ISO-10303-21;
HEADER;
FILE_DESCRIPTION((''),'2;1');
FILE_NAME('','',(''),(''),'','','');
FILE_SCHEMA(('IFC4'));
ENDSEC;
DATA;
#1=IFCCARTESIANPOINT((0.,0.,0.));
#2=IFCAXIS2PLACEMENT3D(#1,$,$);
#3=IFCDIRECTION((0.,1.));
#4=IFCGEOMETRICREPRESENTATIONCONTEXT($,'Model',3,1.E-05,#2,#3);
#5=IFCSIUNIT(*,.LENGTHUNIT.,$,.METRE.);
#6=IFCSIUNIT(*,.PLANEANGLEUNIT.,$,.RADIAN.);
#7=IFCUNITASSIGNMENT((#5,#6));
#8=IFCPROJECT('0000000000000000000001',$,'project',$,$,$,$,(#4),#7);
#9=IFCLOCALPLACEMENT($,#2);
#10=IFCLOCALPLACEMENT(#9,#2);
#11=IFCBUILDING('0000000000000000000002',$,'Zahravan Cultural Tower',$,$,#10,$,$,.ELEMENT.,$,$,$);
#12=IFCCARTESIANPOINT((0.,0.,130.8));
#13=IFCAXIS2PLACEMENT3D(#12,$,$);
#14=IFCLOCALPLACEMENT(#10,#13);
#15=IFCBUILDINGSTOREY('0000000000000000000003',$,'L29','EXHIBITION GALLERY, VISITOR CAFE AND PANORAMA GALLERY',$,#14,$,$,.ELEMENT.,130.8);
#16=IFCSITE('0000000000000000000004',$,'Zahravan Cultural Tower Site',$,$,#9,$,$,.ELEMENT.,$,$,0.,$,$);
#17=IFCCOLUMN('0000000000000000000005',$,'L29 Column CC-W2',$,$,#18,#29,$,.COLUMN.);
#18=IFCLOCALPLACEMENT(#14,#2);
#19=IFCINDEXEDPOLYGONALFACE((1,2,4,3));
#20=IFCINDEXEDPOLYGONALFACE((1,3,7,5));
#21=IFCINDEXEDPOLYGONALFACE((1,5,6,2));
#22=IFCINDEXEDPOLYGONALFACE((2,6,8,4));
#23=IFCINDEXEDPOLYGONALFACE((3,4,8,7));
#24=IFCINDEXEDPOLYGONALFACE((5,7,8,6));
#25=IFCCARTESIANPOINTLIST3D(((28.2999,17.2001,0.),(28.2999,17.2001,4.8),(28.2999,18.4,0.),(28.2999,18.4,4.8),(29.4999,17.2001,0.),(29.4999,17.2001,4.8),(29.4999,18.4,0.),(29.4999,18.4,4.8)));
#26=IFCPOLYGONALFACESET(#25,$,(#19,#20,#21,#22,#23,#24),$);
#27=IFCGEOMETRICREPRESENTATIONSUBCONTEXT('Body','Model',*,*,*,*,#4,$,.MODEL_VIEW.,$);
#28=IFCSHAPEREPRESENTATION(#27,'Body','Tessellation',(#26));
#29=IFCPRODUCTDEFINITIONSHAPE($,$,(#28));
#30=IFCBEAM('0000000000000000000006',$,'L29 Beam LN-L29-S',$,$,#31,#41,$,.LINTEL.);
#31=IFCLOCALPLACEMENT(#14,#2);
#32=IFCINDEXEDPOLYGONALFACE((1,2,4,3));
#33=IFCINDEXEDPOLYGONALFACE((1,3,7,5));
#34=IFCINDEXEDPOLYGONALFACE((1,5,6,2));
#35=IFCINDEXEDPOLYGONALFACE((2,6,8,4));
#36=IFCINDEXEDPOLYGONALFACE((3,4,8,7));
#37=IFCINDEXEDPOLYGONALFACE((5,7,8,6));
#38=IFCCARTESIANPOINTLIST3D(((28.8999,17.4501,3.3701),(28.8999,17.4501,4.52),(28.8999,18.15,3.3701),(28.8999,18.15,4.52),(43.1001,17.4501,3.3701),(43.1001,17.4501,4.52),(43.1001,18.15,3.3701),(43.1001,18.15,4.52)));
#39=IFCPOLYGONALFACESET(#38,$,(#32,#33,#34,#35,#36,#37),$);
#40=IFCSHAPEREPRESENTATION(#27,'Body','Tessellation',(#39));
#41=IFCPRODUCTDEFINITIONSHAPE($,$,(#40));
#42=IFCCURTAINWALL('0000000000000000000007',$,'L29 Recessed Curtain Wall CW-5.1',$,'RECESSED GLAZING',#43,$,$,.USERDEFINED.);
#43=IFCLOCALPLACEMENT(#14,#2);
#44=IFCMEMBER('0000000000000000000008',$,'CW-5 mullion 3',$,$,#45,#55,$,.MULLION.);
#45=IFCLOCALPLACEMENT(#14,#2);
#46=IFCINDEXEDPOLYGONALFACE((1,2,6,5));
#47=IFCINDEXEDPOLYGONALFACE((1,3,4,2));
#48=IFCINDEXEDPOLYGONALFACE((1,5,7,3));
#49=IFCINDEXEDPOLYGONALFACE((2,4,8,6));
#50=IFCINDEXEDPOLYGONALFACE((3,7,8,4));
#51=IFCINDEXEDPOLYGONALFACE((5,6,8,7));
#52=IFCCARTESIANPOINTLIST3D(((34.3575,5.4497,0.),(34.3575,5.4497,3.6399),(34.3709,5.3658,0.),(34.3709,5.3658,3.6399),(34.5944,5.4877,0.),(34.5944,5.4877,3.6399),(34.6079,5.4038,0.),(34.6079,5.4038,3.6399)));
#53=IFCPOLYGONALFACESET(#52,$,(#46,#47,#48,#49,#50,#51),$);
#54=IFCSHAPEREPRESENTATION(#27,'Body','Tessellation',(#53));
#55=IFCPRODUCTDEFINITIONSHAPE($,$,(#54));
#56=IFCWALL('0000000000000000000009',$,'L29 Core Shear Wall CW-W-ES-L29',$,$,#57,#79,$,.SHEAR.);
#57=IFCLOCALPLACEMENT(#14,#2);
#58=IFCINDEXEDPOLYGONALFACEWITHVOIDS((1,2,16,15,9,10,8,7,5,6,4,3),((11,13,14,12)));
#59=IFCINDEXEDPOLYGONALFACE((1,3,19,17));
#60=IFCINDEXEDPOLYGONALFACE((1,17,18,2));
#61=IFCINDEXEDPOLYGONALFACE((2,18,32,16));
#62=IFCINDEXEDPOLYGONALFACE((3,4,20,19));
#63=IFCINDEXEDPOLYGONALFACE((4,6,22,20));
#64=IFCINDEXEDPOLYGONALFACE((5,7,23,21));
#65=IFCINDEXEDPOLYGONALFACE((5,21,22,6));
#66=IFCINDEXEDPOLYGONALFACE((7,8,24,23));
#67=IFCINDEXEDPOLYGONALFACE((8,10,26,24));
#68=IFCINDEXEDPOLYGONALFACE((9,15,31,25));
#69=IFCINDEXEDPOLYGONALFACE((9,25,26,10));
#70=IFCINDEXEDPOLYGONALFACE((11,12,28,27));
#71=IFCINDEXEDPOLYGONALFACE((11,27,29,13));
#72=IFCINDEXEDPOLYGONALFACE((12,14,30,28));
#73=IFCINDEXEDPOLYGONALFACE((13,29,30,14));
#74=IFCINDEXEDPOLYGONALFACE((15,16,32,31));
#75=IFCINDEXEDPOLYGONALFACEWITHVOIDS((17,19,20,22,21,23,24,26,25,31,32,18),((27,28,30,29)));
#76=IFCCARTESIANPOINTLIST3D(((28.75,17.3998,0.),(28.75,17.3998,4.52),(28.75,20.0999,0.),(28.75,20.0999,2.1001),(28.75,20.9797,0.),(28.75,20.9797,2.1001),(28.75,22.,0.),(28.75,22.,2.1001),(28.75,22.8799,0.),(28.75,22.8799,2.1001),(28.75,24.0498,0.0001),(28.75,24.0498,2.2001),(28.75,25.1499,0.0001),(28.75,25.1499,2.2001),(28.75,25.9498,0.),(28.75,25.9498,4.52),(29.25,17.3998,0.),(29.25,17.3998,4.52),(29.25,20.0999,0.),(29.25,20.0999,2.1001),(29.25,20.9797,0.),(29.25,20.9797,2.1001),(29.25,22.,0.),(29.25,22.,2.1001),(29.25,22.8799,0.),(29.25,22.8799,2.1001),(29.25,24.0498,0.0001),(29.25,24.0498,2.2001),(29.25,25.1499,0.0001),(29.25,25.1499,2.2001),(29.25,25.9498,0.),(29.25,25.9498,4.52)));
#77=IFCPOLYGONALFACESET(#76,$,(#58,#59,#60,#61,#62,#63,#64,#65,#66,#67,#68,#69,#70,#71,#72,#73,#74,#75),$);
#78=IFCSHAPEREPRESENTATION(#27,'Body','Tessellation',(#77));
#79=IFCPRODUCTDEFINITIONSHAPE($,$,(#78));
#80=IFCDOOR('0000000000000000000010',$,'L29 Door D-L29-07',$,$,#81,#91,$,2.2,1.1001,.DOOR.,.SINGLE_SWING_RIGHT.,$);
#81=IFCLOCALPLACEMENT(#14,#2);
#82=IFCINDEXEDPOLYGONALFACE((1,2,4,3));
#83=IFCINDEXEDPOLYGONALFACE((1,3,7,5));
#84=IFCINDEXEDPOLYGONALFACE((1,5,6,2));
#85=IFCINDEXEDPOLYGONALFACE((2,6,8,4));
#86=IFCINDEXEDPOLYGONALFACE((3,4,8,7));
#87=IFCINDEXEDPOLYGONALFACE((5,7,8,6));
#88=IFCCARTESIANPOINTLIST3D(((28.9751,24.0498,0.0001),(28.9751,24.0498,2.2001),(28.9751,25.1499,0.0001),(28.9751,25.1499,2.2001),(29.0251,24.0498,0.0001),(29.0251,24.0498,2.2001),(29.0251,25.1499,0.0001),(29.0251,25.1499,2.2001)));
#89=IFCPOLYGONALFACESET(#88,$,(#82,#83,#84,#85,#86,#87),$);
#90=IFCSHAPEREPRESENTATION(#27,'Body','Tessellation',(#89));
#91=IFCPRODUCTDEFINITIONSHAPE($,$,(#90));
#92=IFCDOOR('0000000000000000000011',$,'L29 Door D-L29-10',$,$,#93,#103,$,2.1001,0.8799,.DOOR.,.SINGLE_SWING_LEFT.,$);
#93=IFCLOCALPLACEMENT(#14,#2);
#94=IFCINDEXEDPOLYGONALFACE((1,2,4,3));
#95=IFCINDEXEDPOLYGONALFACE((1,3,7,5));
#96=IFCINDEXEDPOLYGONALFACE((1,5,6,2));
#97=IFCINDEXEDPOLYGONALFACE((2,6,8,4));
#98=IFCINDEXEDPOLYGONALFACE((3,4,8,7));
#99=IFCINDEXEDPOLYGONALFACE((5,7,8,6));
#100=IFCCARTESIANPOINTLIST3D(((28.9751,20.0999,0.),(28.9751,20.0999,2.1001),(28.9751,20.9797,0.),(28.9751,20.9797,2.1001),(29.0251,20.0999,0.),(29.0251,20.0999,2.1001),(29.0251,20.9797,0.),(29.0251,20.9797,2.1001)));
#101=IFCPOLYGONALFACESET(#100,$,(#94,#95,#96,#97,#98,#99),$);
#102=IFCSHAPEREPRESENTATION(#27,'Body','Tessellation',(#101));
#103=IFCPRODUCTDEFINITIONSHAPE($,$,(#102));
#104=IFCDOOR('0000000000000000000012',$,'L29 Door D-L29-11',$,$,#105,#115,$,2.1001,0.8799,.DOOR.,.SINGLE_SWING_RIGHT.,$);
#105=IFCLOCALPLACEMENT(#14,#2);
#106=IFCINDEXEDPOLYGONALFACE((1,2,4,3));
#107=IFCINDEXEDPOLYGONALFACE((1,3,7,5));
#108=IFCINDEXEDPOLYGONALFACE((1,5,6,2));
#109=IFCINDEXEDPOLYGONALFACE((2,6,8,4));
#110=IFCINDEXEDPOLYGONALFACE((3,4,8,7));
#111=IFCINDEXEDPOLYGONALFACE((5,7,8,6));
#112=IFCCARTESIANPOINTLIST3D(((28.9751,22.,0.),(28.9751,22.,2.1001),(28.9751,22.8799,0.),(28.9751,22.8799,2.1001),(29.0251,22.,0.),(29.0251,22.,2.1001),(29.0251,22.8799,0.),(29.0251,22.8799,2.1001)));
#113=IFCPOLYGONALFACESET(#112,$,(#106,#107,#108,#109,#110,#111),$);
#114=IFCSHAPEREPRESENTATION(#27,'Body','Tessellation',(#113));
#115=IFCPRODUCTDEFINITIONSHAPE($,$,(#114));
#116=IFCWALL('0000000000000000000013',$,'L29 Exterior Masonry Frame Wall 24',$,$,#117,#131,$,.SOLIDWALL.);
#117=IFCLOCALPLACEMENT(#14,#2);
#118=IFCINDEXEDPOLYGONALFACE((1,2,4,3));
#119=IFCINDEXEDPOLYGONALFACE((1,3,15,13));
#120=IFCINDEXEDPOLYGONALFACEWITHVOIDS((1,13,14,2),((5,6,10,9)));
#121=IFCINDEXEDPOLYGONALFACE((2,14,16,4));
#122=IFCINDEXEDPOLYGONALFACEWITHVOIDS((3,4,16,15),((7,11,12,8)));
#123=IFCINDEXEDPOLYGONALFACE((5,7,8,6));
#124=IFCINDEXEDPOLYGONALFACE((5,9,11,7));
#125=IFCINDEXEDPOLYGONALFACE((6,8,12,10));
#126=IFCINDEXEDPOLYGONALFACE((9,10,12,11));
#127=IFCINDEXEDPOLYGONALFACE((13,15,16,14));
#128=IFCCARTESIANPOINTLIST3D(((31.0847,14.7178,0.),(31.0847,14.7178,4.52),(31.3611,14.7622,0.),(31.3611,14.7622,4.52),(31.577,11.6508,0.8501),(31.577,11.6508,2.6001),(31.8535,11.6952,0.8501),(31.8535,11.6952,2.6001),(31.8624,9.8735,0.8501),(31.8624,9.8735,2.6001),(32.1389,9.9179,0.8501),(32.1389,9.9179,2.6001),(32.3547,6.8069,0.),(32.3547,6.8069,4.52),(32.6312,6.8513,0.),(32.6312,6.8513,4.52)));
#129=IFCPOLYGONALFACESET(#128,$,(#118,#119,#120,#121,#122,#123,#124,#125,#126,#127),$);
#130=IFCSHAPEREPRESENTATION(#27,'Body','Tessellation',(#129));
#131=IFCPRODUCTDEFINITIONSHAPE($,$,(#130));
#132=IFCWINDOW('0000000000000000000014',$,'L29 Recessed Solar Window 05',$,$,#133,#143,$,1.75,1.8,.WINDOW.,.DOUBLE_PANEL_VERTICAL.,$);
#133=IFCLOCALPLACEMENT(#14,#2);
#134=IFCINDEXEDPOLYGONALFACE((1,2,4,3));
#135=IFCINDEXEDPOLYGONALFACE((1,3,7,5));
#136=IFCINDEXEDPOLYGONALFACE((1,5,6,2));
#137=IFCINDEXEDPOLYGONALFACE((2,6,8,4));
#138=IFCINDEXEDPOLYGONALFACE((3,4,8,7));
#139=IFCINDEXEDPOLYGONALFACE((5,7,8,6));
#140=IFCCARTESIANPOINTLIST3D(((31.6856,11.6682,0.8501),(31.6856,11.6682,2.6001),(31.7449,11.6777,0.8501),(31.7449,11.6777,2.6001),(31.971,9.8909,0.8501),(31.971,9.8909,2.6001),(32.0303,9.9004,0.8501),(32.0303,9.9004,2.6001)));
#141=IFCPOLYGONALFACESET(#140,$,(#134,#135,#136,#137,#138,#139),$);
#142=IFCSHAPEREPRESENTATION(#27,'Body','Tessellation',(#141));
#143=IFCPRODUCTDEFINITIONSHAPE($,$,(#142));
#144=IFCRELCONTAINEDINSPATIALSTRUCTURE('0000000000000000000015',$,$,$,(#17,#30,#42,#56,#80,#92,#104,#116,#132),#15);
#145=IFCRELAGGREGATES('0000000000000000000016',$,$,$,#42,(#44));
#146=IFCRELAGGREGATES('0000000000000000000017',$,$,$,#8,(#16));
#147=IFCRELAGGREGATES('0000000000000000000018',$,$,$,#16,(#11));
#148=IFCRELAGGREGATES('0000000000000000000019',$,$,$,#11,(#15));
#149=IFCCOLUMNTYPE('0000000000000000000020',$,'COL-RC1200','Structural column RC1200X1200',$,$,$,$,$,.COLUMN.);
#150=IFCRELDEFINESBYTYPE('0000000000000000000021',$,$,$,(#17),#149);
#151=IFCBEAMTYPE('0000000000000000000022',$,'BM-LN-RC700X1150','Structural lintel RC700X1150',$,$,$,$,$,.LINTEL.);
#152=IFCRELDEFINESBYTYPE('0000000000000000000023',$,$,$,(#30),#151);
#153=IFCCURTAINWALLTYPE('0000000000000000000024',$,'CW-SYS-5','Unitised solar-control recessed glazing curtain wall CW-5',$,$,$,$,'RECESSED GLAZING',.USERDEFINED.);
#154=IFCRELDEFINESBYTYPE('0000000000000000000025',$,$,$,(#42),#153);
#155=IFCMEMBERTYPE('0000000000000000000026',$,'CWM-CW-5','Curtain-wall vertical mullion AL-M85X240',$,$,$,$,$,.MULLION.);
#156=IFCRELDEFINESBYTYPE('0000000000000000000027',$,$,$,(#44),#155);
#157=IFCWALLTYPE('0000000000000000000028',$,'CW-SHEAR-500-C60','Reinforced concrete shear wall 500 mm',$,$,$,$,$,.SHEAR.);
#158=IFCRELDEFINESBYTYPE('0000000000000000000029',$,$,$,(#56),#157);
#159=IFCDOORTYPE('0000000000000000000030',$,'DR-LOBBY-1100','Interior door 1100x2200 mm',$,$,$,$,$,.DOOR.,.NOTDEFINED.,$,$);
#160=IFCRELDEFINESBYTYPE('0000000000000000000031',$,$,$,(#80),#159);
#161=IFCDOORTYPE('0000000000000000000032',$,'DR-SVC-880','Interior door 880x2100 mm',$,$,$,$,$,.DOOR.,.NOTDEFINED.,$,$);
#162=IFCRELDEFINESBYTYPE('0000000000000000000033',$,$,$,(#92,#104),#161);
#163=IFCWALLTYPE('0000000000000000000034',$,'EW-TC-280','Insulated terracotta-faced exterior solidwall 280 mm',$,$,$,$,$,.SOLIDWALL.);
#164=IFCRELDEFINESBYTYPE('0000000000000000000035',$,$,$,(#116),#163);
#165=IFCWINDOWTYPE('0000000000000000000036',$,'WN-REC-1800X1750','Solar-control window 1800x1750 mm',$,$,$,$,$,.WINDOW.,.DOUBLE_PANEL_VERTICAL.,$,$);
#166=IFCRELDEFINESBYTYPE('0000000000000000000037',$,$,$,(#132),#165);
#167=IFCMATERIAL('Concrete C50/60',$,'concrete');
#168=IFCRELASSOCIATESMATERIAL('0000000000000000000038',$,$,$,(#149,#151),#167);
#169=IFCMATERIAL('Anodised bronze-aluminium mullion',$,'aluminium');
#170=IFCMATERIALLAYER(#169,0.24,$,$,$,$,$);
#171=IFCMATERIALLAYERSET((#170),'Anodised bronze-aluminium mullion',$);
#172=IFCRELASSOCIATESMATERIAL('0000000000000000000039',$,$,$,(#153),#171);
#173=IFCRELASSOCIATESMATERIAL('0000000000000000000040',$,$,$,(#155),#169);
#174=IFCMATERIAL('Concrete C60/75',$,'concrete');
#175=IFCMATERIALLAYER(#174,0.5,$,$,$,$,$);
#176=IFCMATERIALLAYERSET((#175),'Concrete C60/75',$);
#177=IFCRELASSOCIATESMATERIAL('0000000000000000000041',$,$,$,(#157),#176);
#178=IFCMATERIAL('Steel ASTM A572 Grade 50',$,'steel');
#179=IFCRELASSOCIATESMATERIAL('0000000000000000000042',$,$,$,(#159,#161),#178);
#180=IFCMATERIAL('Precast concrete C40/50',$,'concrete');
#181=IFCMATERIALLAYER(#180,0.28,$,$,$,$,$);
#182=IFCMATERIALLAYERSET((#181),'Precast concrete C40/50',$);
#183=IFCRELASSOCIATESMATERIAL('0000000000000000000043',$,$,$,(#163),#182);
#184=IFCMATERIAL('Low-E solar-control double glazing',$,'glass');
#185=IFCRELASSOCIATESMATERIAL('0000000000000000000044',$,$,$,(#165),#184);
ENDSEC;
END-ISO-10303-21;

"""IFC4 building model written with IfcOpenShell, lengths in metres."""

from ifc_helpers import new_model, si_unit, direction, frame, frame_2d, origin, origin_2d, place, context, subcontext, project, spatial, rectangle, extrude, source, transform, mapped, material, layer, layer_set, material_profile, profile_set, type_object, element, fill, aggregate, save


model = new_model("IFC4")

# Units and contexts
model_context = context("Model", 3, precision=1e-05, world=origin(), true_north=direction((0.0, 1.0)))
body_context = subcontext(model_context, "Body", "Model", "MODEL_VIEW")
ifc_project = project(units=[si_unit("LENGTHUNIT", "METRE"), si_unit("PLANEANGLEUNIT", "RADIAN")], contexts=[model_context])

# Site, building, storey
site_placement = place(None, origin())
site = spatial("IfcSite", under=ifc_project, at=site_placement, Name="Zahravan Cultural Tower Site", CompositionType="ELEMENT", RefElevation=0.0)
building_placement = place(site_placement, origin())
building = spatial("IfcBuilding", under=site, at=building_placement, Name="Zahravan Cultural Tower", CompositionType="ELEMENT")
storey_placement = place(building_placement, frame((0.0, 0.0, 130.8)))
storey = spatial("IfcBuildingStorey", under=building, at=storey_placement, Name="L29", Description="EXHIBITION GALLERY, VISITOR CAFE AND PANORAMA GALLERY", CompositionType="ELEMENT", Elevation=130.8)

# Column
ifc_material_1 = material(Name="Concrete C50/60", Category="concrete")
ifc_material_profile_1 = material_profile(ifc_material_1, rectangle(XDim=1.2, YDim=1.2, at=origin_2d()), Name="RC1200X1200")
ifc_profile_set_1 = profile_set([ifc_material_profile_1], Name="Concrete C50/60")
column_type = type_object("IfcColumnType", Name="COL-RC1200", Description="Structural column RC1200X1200", PredefinedType="COLUMN", material=ifc_profile_set_1)
shared_shape_1 = source(origin(), body_context, "Body", "SweptSolid", [
    extrude(rectangle(XDim=1.2, YDim=1.2, at=origin_2d()), origin(), (0.0, 0.0, 1.0), 4.8),
])
column_placement = place(storey_placement, frame((28.8999, 17.8, 0.0), z_axis=(0.0, 0.0, 1.0), x_axis=(1.0, 0.0, 0.0)))
element("IfcColumn", 1, at=column_placement, inside=storey, type_object=column_type, Name="L29 Column CC-W2", PredefinedType="COLUMN", context=body_context, shape_type="MappedRepresentation", body=[
    mapped(shared_shape_1, transform((0.0, 0.0, 0.0), x_axis=(1.0, 0.0, 0.0), y_axis=(0.0, 1.0, 0.0), z_axis=(0.0, 0.0, 1.0), scale=1.0)),
])

# Beam
ifc_material_profile_2 = material_profile(ifc_material_1, rectangle(XDim=0.7, YDim=1.1499, at=origin_2d()), Name="RC700X1150")
ifc_profile_set_2 = profile_set([ifc_material_profile_2], Name="Concrete C50/60")
beam_type = type_object("IfcBeamType", Name="BM-LN-RC700X1150", Description="Structural lintel RC700X1150", PredefinedType="LINTEL", material=ifc_profile_set_2)
shared_shape_2 = source(origin(), body_context, "Body", "SweptSolid", [
    extrude(rectangle(XDim=0.7, YDim=1.1499, at=origin_2d()), origin(), (0.0, 0.0, 1.0), 14.2002),
])
beam_placement = place(storey_placement, frame((28.8999, 17.8, 3.9451), z_axis=(1.0, 0.0, 0.0), x_axis=(0.0, 1.0, 0.0)))
element("IfcBeam", 2, at=beam_placement, inside=storey, type_object=beam_type, Name="L29 Beam LN-L29-S", PredefinedType="LINTEL", context=body_context, shape_type="MappedRepresentation", body=[
    mapped(shared_shape_2, transform((0.0, 0.0, 0.0), x_axis=(1.0, 0.0, 0.0), y_axis=(0.0, 1.0, 0.0), z_axis=(0.0, 0.0, 1.0), scale=1.0)),
])

# Curtain wall, member
ifc_material_2 = material(Name="Anodised bronze-aluminium mullion", Category="aluminium")
ifc_layer_1 = layer(ifc_material_2, 0.24)
ifc_layer_set_1 = layer_set([ifc_layer_1], Name="Anodised bronze-aluminium mullion")
curtain_wall_type = type_object("IfcCurtainWallType", Name="CW-SYS-5", Description="Unitised solar-control recessed glazing curtain wall CW-5", ElementType="RECESSED GLAZING", PredefinedType="USERDEFINED", material=ifc_layer_set_1)
curtain_wall_placement = place(storey_placement, origin())
curtain_wall = element("IfcCurtainWall", 3, at=curtain_wall_placement, inside=storey, type_object=curtain_wall_type, Name="L29 Recessed Curtain Wall CW-5.1", ObjectType="RECESSED GLAZING", PredefinedType="USERDEFINED")
ifc_material_profile_3 = material_profile(ifc_material_2, rectangle(XDim=0.085, YDim=0.24, at=origin_2d()), Name="AL-M85X240")
ifc_profile_set_3 = profile_set([ifc_material_profile_3], Name="Anodised bronze-aluminium mullion")
member_type = type_object("IfcMemberType", Name="CWM-CW-5", Description="Curtain-wall vertical mullion AL-M85X240", PredefinedType="MULLION", material=ifc_profile_set_3)
shared_shape_3 = source(origin(), body_context, "Body", "SweptSolid", [
    extrude(rectangle(XDim=0.085, YDim=0.24, at=origin_2d()), origin(), (0.0, 0.0, 1.0), 3.6399),
])
member_placement = place(storey_placement, frame((34.4827, 5.4268, 0.0), z_axis=(0.0, 0.0, 1.0), x_axis=(0.158506, -0.987358, 0.0)))
member = element("IfcMember", 4, at=member_placement, type_object=member_type, Name="CW-5 mullion 3", PredefinedType="MULLION", context=body_context, shape_type="MappedRepresentation", body=[
    mapped(shared_shape_3, transform((0.0, 0.0, 0.0), x_axis=(1.0, 0.0, 0.0), y_axis=(0.0, 1.0, 0.0), z_axis=(0.0, 0.0, 1.0), scale=1.0)),
])
aggregate(curtain_wall, [member])

# Wall, openings, doors
ifc_material_3 = material(Name="Concrete C60/75", Category="concrete")
ifc_layer_2 = layer(ifc_material_3, 0.5)
ifc_layer_set_2 = layer_set([ifc_layer_2], Name="Concrete C60/75")
wall_type_1 = type_object("IfcWallType", Name="CW-SHEAR-500-C60", Description="Reinforced concrete shear wall 500 mm", PredefinedType="SHEAR", material=ifc_layer_set_2)
wall_1_placement = place(storey_placement, frame((29.0, 17.3999, 0.0), z_axis=(0.0, 0.0, 1.0), x_axis=(0.0, 1.0, 0.0)))
wall_1 = element("IfcWall", 5, at=wall_1_placement, inside=storey, type_object=wall_type_1, Name="L29 Core Shear Wall CW-W-ES-L29", PredefinedType="SHEAR", context=body_context, shape_type="SweptSolid", body=[
    extrude(rectangle(XDim=8.55, YDim=0.5, at=frame_2d((4.2749, 0.0))), origin(), (0.0, 0.0, 1.0), 4.52),
])
opening_1_placement = place(wall_1_placement, frame((6.6499, 0.0, 0.0)))
opening_1 = element("IfcOpeningElement", 6, at=opening_1_placement, cuts=wall_1, PredefinedType="OPENING", context=body_context, shape_type="SweptSolid", body=[
    extrude(rectangle(XDim=1.1001, YDim=2.2, at=frame_2d((0.55, 1.1001))), frame((0.0, 0.26, 0.0), z_axis=(0.0, -1.0, 0.0), x_axis=(1.0, 0.0, 0.0)), (0.0, 0.0, 1.0), 0.52),
])
opening_2_placement = place(wall_1_placement, frame((2.7, 0.0, 0.0)))
opening_2 = element("IfcOpeningElement", 7, at=opening_2_placement, cuts=wall_1, PredefinedType="OPENING", context=body_context, shape_type="SweptSolid", body=[
    extrude(rectangle(XDim=0.8799, YDim=2.1001, at=frame_2d((0.4399, 1.05))), frame((0.0, 0.26, 0.0), z_axis=(0.0, -1.0, 0.0), x_axis=(1.0, 0.0, 0.0)), (0.0, 0.0, 1.0), 0.52),
])
opening_3_placement = place(wall_1_placement, frame((4.6001, 0.0, 0.0)))
opening_3 = element("IfcOpeningElement", 8, at=opening_3_placement, cuts=wall_1, PredefinedType="OPENING", context=body_context, shape_type="SweptSolid", body=[
    extrude(rectangle(XDim=0.8799, YDim=2.1001, at=frame_2d((0.4399, 1.05))), frame((0.0, 0.26, 0.0), z_axis=(0.0, -1.0, 0.0), x_axis=(1.0, 0.0, 0.0)), (0.0, 0.0, 1.0), 0.52),
])
ifc_material_4 = material(Name="Steel ASTM A572 Grade 50", Category="steel")
door_type_1 = type_object("IfcDoorType", Name="DR-LOBBY-1100", Description="Interior door 1100x2200 mm", OperationType="NOTDEFINED", PredefinedType="DOOR", material=ifc_material_4)
shared_shape_4 = source(origin(), body_context, "Body", "SweptSolid", [
    extrude(rectangle(XDim=1.1001, YDim=2.2, at=frame_2d((0.55, 1.1001))), frame((0.0, 0.0249, 0.0), z_axis=(0.0, -1.0, 0.0), x_axis=(1.0, 0.0, 0.0)), (0.0, 0.0, 1.0), 0.05),
])
door_1_placement = place(opening_1_placement, origin())
door_1 = element("IfcDoor", 9, at=door_1_placement, inside=storey, type_object=door_type_1, Name="L29 Door D-L29-07", OperationType="SINGLE_SWING_RIGHT", OverallHeight=2.2, OverallWidth=1.1001, PredefinedType="DOOR", context=body_context, shape_type="MappedRepresentation", body=[
    mapped(shared_shape_4, transform((0.0, 0.0, 0.0), x_axis=(1.0, 0.0, 0.0), y_axis=(0.0, 1.0, 0.0), z_axis=(0.0, 0.0, 1.0), scale=1.0)),
])
fill(opening_1, door_1)
door_type_2 = type_object("IfcDoorType", Name="DR-SVC-880", Description="Interior door 880x2100 mm", OperationType="NOTDEFINED", PredefinedType="DOOR", material=ifc_material_4)
shared_shape_5 = source(origin(), body_context, "Body", "SweptSolid", [
    extrude(rectangle(XDim=0.8799, YDim=2.1001, at=frame_2d((0.4399, 1.05))), frame((0.0, 0.0249, 0.0), z_axis=(0.0, -1.0, 0.0), x_axis=(1.0, 0.0, 0.0)), (0.0, 0.0, 1.0), 0.05),
])
door_2_placement = place(opening_2_placement, origin())
door_2 = element("IfcDoor", 10, at=door_2_placement, inside=storey, type_object=door_type_2, Name="L29 Door D-L29-10", OperationType="SINGLE_SWING_LEFT", OverallHeight=2.1001, OverallWidth=0.8799, PredefinedType="DOOR", context=body_context, shape_type="MappedRepresentation", body=[
    mapped(shared_shape_5, transform((0.0, 0.0, 0.0), x_axis=(1.0, 0.0, 0.0), y_axis=(0.0, 1.0, 0.0), z_axis=(0.0, 0.0, 1.0), scale=1.0)),
])
fill(opening_2, door_2)
door_3_placement = place(opening_3_placement, origin())
door_3 = element("IfcDoor", 11, at=door_3_placement, inside=storey, type_object=door_type_2, Name="L29 Door D-L29-11", OperationType="SINGLE_SWING_RIGHT", OverallHeight=2.1001, OverallWidth=0.8799, PredefinedType="DOOR", context=body_context, shape_type="MappedRepresentation", body=[
    mapped(shared_shape_5, transform((0.0, 0.0, 0.0), x_axis=(1.0, 0.0, 0.0), y_axis=(0.0, 1.0, 0.0), z_axis=(0.0, 0.0, 1.0), scale=1.0)),
])
fill(opening_3, door_3)

# Wall, opening, window
ifc_material_5 = material(Name="Precast concrete C40/50", Category="concrete")
ifc_layer_3 = layer(ifc_material_5, 0.28)
ifc_layer_set_3 = layer_set([ifc_layer_3], Name="Precast concrete C40/50")
wall_type_2 = type_object("IfcWallType", Name="EW-TC-280", Description="Insulated terracotta-faced exterior solidwall 280 mm", PredefinedType="SOLIDWALL", material=ifc_layer_set_3)
wall_2_placement = place(storey_placement, frame((32.4929, 6.8291, 0.0), z_axis=(0.0, 0.0, 1.0), x_axis=(-0.158511, 0.987357, 0.0)))
wall_2 = element("IfcWall", 12, at=wall_2_placement, inside=storey, type_object=wall_type_2, Name="L29 Exterior Masonry Frame Wall 24", PredefinedType="SOLIDWALL", context=body_context, shape_type="SweptSolid", body=[
    extrude(rectangle(XDim=8.0122, YDim=0.28, at=frame_2d((4.0061, 0.0))), origin(), (0.0, 0.0, 1.0), 4.52),
])
opening_4_placement = place(wall_2_placement, frame((3.106, 0.0, 0.8501)))
opening_4 = element("IfcOpeningElement", 13, at=opening_4_placement, cuts=wall_2, PredefinedType="OPENING", context=body_context, shape_type="SweptSolid", body=[
    extrude(rectangle(XDim=1.8, YDim=1.75, at=frame_2d((0.8999, 0.875))), frame((0.0, 0.1499, 0.0), z_axis=(0.0, -1.0, 0.0), x_axis=(1.0, 0.0, 0.0)), (0.0, 0.0, 1.0), 0.3),
])
ifc_material_6 = material(Name="Low-E solar-control double glazing", Category="glass")
window_type = type_object("IfcWindowType", Name="WN-REC-1800X1750", Description="Solar-control window 1800x1750 mm", PartitioningType="DOUBLE_PANEL_VERTICAL", PredefinedType="WINDOW", material=ifc_material_6)
shared_shape_6 = source(origin(), body_context, "Body", "SweptSolid", [
    extrude(rectangle(XDim=1.8, YDim=1.75, at=frame_2d((0.8999, 0.875))), frame((0.0, 0.03, 0.0), z_axis=(0.0, -1.0, 0.0), x_axis=(1.0, 0.0, 0.0)), (0.0, 0.0, 1.0), 0.0601),
])
window_1_placement = place(opening_4_placement, origin())
window_1 = element("IfcWindow", 14, at=window_1_placement, inside=storey, type_object=window_type, Name="L29 Recessed Solar Window 05", OverallHeight=1.75, OverallWidth=1.8, PartitioningType="DOUBLE_PANEL_VERTICAL", PredefinedType="WINDOW", context=body_context, shape_type="MappedRepresentation", body=[
    mapped(shared_shape_6, transform((0.0, 0.0, 0.0), x_axis=(1.0, 0.0, 0.0), y_axis=(0.0, 1.0, 0.0), z_axis=(0.0, 0.0, 1.0), scale=1.0)),
])
fill(opening_4, window_1)

save(model, "model.ifc")
